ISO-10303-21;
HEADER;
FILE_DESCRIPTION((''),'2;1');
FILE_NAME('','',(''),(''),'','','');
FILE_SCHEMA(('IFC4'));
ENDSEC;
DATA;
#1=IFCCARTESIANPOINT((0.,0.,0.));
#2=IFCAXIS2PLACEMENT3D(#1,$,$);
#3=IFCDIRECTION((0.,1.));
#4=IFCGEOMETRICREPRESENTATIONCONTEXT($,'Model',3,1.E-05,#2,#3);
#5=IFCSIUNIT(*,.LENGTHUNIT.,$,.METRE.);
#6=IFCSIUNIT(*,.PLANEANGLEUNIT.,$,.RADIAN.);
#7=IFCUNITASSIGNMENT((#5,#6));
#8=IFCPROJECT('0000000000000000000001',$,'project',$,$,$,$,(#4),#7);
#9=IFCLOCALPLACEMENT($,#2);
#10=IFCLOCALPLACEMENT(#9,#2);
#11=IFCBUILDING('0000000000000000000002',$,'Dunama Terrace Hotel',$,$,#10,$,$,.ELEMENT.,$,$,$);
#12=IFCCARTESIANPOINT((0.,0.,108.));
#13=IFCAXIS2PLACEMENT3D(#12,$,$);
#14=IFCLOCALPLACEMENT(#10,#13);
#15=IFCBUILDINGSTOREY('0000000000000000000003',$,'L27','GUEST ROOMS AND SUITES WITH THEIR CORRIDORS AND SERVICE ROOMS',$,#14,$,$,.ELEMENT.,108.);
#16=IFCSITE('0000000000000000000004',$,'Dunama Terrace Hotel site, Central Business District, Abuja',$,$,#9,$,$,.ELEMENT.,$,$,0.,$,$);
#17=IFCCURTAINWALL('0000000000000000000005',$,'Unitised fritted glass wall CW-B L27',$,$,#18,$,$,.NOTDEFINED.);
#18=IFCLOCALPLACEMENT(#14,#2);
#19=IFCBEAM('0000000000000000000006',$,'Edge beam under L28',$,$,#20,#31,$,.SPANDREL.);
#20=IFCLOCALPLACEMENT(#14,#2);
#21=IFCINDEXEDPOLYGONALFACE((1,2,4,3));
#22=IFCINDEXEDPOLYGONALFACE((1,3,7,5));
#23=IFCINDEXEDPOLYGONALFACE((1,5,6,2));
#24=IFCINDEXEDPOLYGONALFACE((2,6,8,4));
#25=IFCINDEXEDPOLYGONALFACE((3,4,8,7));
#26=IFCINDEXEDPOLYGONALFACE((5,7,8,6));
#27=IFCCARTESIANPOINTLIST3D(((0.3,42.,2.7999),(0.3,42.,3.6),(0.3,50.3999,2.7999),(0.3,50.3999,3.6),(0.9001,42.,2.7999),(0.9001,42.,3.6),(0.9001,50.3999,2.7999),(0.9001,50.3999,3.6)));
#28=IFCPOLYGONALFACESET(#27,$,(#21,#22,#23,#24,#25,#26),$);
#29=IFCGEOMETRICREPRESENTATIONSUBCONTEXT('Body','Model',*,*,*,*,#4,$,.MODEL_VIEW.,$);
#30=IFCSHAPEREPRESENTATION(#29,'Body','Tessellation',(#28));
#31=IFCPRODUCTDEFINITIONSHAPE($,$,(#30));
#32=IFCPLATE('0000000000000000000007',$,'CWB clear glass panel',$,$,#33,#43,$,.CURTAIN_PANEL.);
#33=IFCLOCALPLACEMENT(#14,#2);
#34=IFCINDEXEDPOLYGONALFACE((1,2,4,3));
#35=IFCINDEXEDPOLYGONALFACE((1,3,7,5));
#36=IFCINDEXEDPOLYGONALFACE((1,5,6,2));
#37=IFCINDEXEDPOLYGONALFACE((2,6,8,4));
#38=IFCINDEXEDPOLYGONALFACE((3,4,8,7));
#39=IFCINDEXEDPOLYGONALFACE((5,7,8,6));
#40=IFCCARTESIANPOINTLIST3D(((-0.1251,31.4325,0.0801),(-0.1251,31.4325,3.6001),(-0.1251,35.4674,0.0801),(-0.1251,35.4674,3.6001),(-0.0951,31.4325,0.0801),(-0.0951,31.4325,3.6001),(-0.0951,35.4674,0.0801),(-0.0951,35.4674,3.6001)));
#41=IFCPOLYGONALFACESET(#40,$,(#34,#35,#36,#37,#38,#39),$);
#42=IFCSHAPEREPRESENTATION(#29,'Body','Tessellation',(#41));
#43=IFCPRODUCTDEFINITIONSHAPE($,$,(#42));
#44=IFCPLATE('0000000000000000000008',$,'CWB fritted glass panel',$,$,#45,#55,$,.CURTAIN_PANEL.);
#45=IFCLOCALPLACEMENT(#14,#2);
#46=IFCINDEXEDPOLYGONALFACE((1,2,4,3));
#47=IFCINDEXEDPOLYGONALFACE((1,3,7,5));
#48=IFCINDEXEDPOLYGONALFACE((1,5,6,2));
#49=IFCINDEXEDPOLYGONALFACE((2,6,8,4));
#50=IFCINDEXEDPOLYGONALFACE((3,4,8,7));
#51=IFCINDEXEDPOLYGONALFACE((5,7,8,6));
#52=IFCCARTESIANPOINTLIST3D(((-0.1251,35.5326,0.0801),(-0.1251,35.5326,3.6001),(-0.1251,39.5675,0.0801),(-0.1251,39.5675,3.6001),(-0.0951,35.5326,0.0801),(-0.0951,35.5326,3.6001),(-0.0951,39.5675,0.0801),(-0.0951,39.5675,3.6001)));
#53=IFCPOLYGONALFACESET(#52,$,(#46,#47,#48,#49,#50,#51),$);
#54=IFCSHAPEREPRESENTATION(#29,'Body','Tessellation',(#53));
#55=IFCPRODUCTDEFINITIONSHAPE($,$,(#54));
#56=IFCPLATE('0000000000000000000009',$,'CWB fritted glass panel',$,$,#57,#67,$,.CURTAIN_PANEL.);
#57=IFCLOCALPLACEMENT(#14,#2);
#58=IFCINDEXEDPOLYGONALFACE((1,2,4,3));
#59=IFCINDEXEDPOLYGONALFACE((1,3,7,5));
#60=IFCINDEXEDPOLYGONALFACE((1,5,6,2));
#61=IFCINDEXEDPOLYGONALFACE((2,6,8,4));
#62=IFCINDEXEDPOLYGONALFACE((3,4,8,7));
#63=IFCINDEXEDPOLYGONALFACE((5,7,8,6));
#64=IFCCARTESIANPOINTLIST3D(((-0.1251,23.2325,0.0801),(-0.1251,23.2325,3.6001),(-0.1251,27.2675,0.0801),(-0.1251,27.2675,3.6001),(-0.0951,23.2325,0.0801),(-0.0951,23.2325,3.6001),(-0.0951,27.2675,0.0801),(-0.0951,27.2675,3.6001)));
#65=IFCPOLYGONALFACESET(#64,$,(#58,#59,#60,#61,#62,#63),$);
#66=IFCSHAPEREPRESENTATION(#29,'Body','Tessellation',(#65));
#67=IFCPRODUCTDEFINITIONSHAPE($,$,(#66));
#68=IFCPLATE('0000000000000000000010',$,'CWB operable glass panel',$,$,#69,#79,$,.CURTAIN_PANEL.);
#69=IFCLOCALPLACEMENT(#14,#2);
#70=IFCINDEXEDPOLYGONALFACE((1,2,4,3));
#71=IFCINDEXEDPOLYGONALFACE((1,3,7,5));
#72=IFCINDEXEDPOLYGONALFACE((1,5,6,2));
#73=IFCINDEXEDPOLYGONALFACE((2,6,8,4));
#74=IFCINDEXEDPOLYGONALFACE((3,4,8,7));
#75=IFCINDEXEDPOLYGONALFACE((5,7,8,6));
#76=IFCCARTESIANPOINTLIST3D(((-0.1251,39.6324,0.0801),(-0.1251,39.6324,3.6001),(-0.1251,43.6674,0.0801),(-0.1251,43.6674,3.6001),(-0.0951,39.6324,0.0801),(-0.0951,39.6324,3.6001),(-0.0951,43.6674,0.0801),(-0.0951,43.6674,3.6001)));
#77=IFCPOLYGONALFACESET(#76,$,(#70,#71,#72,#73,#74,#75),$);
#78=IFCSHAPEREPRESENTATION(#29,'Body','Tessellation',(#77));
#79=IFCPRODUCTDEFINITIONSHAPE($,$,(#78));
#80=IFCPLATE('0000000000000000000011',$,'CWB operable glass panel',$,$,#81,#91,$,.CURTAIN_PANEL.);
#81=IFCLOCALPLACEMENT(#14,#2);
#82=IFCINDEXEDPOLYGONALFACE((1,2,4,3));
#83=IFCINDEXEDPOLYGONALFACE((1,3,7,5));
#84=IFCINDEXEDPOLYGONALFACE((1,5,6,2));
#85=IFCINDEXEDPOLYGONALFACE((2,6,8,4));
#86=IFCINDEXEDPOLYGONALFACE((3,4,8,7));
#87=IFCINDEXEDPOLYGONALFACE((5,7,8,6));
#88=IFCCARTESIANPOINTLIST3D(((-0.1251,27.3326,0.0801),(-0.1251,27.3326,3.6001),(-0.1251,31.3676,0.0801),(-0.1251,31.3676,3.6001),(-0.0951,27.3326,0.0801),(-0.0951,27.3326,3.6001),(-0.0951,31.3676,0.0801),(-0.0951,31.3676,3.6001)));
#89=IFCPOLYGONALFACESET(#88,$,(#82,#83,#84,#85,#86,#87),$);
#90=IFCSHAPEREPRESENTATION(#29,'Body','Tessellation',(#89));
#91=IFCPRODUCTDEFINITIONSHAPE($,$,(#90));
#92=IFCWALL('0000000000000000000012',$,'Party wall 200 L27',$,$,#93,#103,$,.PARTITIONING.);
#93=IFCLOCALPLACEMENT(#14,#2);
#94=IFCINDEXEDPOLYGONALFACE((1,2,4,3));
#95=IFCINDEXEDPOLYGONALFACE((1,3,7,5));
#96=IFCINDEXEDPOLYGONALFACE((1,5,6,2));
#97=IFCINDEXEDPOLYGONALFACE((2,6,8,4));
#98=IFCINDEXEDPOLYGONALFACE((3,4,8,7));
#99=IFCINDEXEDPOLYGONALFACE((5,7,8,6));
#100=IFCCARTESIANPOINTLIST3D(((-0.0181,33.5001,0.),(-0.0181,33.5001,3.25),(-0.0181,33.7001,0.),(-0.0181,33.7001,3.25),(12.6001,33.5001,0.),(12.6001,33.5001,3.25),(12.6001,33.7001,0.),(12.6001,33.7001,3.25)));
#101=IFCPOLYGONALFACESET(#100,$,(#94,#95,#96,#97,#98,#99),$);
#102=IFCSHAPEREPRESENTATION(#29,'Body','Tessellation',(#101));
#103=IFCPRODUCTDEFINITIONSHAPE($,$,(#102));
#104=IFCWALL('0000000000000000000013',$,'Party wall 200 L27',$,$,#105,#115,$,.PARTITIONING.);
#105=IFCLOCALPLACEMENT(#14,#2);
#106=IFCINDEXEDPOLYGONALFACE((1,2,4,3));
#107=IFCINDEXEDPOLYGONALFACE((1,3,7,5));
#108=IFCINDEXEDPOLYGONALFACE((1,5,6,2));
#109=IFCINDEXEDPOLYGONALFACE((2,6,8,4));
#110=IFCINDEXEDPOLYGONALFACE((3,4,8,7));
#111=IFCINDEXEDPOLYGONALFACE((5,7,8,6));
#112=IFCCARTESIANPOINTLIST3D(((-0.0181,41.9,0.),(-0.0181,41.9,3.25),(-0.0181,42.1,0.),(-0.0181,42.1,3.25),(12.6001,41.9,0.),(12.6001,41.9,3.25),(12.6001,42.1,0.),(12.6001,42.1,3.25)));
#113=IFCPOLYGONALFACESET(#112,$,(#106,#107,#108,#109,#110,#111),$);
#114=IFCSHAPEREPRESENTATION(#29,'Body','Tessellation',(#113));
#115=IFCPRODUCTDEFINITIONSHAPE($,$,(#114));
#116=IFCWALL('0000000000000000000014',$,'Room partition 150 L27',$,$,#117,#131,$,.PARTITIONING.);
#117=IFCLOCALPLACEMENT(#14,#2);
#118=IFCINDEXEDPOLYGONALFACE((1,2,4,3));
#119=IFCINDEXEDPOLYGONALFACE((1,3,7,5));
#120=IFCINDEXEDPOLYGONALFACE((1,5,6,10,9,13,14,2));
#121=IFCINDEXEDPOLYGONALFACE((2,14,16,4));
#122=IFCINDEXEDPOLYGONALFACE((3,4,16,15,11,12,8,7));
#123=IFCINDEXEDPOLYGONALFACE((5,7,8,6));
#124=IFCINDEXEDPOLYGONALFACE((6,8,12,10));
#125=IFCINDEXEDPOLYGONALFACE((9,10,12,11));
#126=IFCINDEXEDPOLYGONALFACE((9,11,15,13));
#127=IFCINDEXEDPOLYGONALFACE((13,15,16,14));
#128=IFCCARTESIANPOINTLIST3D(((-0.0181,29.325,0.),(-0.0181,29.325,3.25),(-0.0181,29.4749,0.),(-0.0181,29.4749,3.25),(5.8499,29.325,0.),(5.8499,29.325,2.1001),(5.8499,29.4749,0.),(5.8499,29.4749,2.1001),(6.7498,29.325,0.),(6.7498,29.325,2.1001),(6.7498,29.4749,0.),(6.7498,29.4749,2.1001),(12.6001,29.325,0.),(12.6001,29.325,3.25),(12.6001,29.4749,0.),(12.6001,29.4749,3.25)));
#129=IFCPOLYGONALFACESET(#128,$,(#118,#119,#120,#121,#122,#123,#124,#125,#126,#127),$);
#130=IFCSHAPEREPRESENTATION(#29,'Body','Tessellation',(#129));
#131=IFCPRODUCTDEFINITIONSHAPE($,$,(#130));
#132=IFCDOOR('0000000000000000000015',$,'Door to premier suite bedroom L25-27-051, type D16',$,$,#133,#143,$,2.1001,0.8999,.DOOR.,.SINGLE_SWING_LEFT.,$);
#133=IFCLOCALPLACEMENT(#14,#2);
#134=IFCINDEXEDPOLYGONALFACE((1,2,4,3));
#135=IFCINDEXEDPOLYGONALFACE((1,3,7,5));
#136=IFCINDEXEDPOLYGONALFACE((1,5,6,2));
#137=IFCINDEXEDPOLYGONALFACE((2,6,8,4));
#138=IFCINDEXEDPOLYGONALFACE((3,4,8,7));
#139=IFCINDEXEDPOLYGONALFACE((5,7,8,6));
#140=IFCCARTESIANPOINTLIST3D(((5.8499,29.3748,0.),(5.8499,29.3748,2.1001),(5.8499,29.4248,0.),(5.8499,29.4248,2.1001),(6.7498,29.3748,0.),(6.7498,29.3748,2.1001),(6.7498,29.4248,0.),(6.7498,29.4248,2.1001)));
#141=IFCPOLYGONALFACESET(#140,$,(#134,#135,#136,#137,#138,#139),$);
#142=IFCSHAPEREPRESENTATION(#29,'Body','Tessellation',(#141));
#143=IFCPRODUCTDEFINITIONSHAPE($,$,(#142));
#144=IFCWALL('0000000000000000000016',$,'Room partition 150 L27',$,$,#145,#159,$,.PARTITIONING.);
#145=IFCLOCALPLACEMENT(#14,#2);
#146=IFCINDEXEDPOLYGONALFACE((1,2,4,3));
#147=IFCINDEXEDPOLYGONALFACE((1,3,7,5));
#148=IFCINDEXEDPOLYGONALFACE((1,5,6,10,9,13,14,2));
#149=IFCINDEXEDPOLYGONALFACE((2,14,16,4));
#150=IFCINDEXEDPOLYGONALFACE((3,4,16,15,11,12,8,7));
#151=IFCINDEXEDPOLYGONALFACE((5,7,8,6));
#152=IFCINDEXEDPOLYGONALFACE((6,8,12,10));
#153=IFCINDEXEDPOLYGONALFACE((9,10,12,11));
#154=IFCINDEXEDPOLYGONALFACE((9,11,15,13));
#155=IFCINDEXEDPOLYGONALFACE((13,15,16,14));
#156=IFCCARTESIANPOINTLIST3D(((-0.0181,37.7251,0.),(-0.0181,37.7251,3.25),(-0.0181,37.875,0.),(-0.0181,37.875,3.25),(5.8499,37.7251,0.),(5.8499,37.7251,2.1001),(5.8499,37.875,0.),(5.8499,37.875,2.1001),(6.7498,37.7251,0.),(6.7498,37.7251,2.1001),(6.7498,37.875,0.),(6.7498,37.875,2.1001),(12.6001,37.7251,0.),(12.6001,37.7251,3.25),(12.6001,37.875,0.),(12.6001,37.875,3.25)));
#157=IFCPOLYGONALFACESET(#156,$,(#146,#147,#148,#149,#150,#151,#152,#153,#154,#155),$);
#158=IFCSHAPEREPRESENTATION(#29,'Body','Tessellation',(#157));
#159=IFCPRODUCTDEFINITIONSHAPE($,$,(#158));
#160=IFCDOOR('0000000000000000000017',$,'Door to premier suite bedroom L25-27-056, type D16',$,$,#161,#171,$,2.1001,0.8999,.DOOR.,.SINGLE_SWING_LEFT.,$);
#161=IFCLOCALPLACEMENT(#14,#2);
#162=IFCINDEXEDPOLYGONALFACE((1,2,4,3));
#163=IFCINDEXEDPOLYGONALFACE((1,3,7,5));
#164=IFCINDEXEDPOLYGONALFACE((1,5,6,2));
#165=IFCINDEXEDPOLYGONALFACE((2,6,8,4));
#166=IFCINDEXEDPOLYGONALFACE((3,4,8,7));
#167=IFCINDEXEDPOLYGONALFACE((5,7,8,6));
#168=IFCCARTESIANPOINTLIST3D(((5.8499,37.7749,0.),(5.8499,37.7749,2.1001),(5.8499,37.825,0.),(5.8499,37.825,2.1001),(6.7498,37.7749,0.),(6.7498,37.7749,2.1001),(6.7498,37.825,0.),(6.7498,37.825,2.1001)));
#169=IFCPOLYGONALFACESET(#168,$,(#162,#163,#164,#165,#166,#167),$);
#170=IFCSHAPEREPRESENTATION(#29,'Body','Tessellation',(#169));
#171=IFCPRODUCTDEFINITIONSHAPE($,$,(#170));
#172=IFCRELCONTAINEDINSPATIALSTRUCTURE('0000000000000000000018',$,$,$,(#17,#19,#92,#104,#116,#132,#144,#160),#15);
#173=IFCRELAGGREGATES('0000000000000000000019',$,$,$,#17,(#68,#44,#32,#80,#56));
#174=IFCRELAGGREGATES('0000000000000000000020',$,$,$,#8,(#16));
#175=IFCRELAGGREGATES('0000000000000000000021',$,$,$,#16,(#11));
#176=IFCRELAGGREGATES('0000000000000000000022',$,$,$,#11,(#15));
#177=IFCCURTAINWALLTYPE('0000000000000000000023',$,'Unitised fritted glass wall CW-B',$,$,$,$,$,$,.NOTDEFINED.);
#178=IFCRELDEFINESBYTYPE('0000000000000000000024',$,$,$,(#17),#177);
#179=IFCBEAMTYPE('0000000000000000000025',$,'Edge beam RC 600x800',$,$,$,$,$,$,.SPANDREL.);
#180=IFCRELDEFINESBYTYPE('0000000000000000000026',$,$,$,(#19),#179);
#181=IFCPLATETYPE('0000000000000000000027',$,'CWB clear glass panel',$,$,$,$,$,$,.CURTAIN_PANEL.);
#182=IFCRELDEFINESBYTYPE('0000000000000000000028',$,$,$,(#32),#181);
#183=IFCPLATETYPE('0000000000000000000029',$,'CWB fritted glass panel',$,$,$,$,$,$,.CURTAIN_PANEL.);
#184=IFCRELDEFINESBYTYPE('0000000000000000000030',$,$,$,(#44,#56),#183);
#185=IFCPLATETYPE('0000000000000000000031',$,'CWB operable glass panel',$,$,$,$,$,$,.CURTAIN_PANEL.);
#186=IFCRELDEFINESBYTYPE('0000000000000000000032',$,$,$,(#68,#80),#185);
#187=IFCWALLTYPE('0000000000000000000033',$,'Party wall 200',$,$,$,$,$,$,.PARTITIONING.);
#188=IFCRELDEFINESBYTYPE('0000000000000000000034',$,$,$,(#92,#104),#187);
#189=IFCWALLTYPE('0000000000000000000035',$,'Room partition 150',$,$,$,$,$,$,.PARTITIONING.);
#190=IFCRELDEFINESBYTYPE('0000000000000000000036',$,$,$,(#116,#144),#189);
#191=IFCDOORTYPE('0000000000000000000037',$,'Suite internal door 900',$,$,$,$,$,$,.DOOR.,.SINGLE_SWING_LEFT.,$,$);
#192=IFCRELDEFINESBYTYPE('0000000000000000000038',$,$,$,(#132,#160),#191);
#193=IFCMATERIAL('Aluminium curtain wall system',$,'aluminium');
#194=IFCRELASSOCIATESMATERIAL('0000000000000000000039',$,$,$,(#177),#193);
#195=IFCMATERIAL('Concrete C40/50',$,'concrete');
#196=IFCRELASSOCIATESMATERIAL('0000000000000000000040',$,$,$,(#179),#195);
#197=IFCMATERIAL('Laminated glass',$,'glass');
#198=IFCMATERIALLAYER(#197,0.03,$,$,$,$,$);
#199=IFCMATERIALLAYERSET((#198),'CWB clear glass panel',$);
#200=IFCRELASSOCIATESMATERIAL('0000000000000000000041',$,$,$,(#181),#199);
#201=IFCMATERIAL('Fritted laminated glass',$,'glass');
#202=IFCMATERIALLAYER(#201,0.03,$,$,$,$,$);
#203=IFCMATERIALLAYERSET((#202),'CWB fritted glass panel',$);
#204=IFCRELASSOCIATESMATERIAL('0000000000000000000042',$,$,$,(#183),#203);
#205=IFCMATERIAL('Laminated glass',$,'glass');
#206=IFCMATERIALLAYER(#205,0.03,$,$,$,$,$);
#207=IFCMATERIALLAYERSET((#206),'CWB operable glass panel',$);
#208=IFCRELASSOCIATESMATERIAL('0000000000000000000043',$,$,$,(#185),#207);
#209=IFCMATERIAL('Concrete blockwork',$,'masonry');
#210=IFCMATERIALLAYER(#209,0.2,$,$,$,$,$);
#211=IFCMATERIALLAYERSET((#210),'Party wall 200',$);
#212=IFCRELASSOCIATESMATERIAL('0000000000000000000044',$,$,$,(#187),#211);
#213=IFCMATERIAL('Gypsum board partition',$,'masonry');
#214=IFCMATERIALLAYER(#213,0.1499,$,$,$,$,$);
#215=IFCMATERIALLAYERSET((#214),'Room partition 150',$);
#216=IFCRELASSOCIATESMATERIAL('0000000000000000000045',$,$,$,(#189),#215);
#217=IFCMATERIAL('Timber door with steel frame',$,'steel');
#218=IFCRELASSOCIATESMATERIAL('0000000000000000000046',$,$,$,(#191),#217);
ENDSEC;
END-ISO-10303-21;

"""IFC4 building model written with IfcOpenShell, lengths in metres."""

from ifc_helpers import new_model, si_unit, direction, frame, frame_2d, origin, origin_2d, place, context, subcontext, project, spatial, rectangle, extrude, material, layer, layer_set, material_profile, profile_set, type_object, element, fill, aggregate, save


model = new_model("IFC4")

# Units and contexts
model_context = context("Model", 3, precision=1e-05, world=origin(), true_north=direction((0.0, 1.0)))
body_context = subcontext(model_context, "Body", "Model", "MODEL_VIEW")
ifc_project = project(units=[si_unit("LENGTHUNIT", "METRE"), si_unit("PLANEANGLEUNIT", "RADIAN")], contexts=[model_context])

# Site, building, storey
site_placement = place(None, origin())
site = spatial("IfcSite", under=ifc_project, at=site_placement, Name="Dunama Terrace Hotel site, Central Business District, Abuja", CompositionType="ELEMENT", RefElevation=0.0)
building_placement = place(site_placement, origin())
building = spatial("IfcBuilding", under=site, at=building_placement, Name="Dunama Terrace Hotel", CompositionType="ELEMENT")
storey_placement = place(building_placement, frame((0.0, 0.0, 108.0)))
storey = spatial("IfcBuildingStorey", under=building, at=storey_placement, Name="L27", Description="GUEST ROOMS AND SUITES WITH THEIR CORRIDORS AND SERVICE ROOMS", CompositionType="ELEMENT", Elevation=108.0)

# Curtain wall
ifc_material_1 = material(Name="Aluminium curtain wall system", Category="aluminium")
curtain_wall_type = type_object("IfcCurtainWallType", Name="Unitised fritted glass wall CW-B", PredefinedType="NOTDEFINED", material=ifc_material_1)
curtain_wall_placement = place(storey_placement, origin())
curtain_wall = element("IfcCurtainWall", 1, at=curtain_wall_placement, inside=storey, type_object=curtain_wall_type, Name="Unitised fritted glass wall CW-B L27", PredefinedType="NOTDEFINED")

# Beam
ifc_material_2 = material(Name="Concrete C40/50", Category="concrete")
ifc_material_profile_1 = material_profile(ifc_material_2, rectangle(XDim=0.6001, YDim=0.8, at=origin_2d()), Name="RC 600x800")
ifc_profile_set_1 = profile_set([ifc_material_profile_1], Name="Concrete C40/50")
beam_type = type_object("IfcBeamType", Name="Edge beam RC 600x800", PredefinedType="SPANDREL", material=ifc_profile_set_1)
for number, where, z_axis, x_axis, name in (
    (2, (0.6001, 42.0, 3.2), (0.0, 1.0, 0.0), (-1.0, 0.0, 0.0), "Edge beam under L28"),
):
    element("IfcBeam", number, at=place(storey_placement, frame(where, z_axis=z_axis, x_axis=x_axis)), inside=storey, type_object=beam_type, Name=name, PredefinedType="SPANDREL", context=body_context, shape_type="SweptSolid", body=[
        extrude(rectangle(XDim=0.6001, YDim=0.8, at=origin_2d()), origin(), (0.0, 0.0, 1.0), 8.3999),
    ])

# Plates
ifc_material_3 = material(Name="Laminated glass", Category="glass")
ifc_layer_1 = layer(ifc_material_3, 0.03)
ifc_layer_set_1 = layer_set([ifc_layer_1], Name="CWB clear glass panel")
plate_type_1 = type_object("IfcPlateType", Name="CWB clear glass panel", PredefinedType="CURTAIN_PANEL", material=ifc_layer_set_1)
plate_1_placement = place(storey_placement, frame((-0.1101, 33.45, 0.0801), z_axis=(0.0, 0.0, 1.0), x_axis=(0.0, -1.0, 0.0)))
plate_1 = element("IfcPlate", 3, at=plate_1_placement, type_object=plate_type_1, Name="CWB clear glass panel", PredefinedType="CURTAIN_PANEL", context=body_context, shape_type="SweptSolid", body=[
    extrude(rectangle(XDim=4.0349, YDim=0.03, at=origin_2d()), origin(), (0.0, 0.0, 1.0), 3.52),
])
ifc_material_4 = material(Name="Fritted laminated glass", Category="glass")
ifc_layer_2 = layer(ifc_material_4, 0.03)
ifc_layer_set_2 = layer_set([ifc_layer_2], Name="CWB fritted glass panel")
plate_type_2 = type_object("IfcPlateType", Name="CWB fritted glass panel", PredefinedType="CURTAIN_PANEL", material=ifc_layer_set_2)
plate_2_placement = place(storey_placement, frame((-0.1101, 37.55, 0.0801), z_axis=(0.0, 0.0, 1.0), x_axis=(0.0, -1.0, 0.0)))
plate_2 = element("IfcPlate", 4, at=plate_2_placement, type_object=plate_type_2, Name="CWB fritted glass panel", PredefinedType="CURTAIN_PANEL", context=body_context, shape_type="SweptSolid", body=[
    extrude(rectangle(XDim=4.0349, YDim=0.03, at=origin_2d()), origin(), (0.0, 0.0, 1.0), 3.52),
])
plate_3_placement = place(storey_placement, frame((-0.1101, 25.25, 0.0801), z_axis=(0.0, 0.0, 1.0), x_axis=(0.0, -1.0, 0.0)))
plate_3 = element("IfcPlate", 5, at=plate_3_placement, type_object=plate_type_2, Name="CWB fritted glass panel", PredefinedType="CURTAIN_PANEL", context=body_context, shape_type="SweptSolid", body=[
    extrude(rectangle(XDim=4.0349, YDim=0.03, at=origin_2d()), origin(), (0.0, 0.0, 1.0), 3.52),
])
ifc_material_5 = material(Name="Laminated glass", Category="glass")
ifc_layer_3 = layer(ifc_material_5, 0.03)
ifc_layer_set_3 = layer_set([ifc_layer_3], Name="CWB operable glass panel")
plate_type_3 = type_object("IfcPlateType", Name="CWB operable glass panel", PredefinedType="CURTAIN_PANEL", material=ifc_layer_set_3)
plate_4_placement = place(storey_placement, frame((-0.1101, 41.6499, 0.0801), z_axis=(0.0, 0.0, 1.0), x_axis=(0.0, -1.0, 0.0)))
plate_4 = element("IfcPlate", 6, at=plate_4_placement, type_object=plate_type_3, Name="CWB operable glass panel", PredefinedType="CURTAIN_PANEL", context=body_context, shape_type="SweptSolid", body=[
    extrude(rectangle(XDim=4.0349, YDim=0.03, at=origin_2d()), origin(), (0.0, 0.0, 1.0), 3.52),
])
plate_5_placement = place(storey_placement, frame((-0.1101, 29.3501, 0.0801), z_axis=(0.0, 0.0, 1.0), x_axis=(0.0, -1.0, 0.0)))
plate_5 = element("IfcPlate", 7, at=plate_5_placement, type_object=plate_type_3, Name="CWB operable glass panel", PredefinedType="CURTAIN_PANEL", context=body_context, shape_type="SweptSolid", body=[
    extrude(rectangle(XDim=4.0349, YDim=0.03, at=origin_2d()), origin(), (0.0, 0.0, 1.0), 3.52),
])
aggregate(curtain_wall, [plate_4, plate_2, plate_1, plate_5, plate_3])

# Walls
ifc_material_6 = material(Name="Concrete blockwork", Category="masonry")
ifc_layer_4 = layer(ifc_material_6, 0.2)
ifc_layer_set_4 = layer_set([ifc_layer_4], Name="Party wall 200")
wall_type_1 = type_object("IfcWallType", Name="Party wall 200", PredefinedType="PARTITIONING", material=ifc_layer_set_4)
for number, where, z_axis, x_axis, name in (
    (8, (-0.0181, 33.6001, 0.0), (0.0, 0.0, 1.0), (1.0, 0.0, 0.0), "Party wall 200 L27"),
    (9, (-0.0181, 42.0, 0.0), (0.0, 0.0, 1.0), (1.0, 0.0, 0.0), "Party wall 200 L27"),
):
    element("IfcWall", number, at=place(storey_placement, frame(where, z_axis=z_axis, x_axis=x_axis)), inside=storey, type_object=wall_type_1, Name=name, PredefinedType="PARTITIONING", context=body_context, shape_type="SweptSolid", body=[
        extrude(rectangle(XDim=12.6182, YDim=0.2, at=frame_2d((6.3091, 0.0))), origin(), (0.0, 0.0, 1.0), 3.25),
    ])

# Walls, openings, doors
ifc_material_7 = material(Name="Gypsum board partition", Category="masonry")
ifc_layer_5 = layer(ifc_material_7, 0.1499)
ifc_layer_set_5 = layer_set([ifc_layer_5], Name="Room partition 150")
wall_type_2 = type_object("IfcWallType", Name="Room partition 150", PredefinedType="PARTITIONING", material=ifc_layer_set_5)
wall_1_placement = place(storey_placement, frame((-0.0181, 29.3999, 0.0), z_axis=(0.0, 0.0, 1.0), x_axis=(1.0, 0.0, 0.0)))
wall_1 = element("IfcWall", 10, at=wall_1_placement, inside=storey, type_object=wall_type_2, Name="Room partition 150 L27", PredefinedType="PARTITIONING", context=body_context, shape_type="SweptSolid", body=[
    extrude(rectangle(XDim=12.6182, YDim=0.1499, at=frame_2d((6.3091, 0.0))), origin(), (0.0, 0.0, 1.0), 3.25),
])
opening_1_placement = place(wall_1_placement, frame((5.8679, 0.0, 0.0)))
opening_1 = element("IfcOpeningElement", 11, at=opening_1_placement, cuts=wall_1, PredefinedType="OPENING", context=body_context, shape_type="SweptSolid", body=[
    extrude(rectangle(XDim=0.8999, YDim=2.1001, at=frame_2d((0.45, 1.05))), frame((0.0, 0.085, 0.0), z_axis=(0.0, -1.0, 0.0), x_axis=(1.0, 0.0, 0.0)), (0.0, 0.0, 1.0), 0.1699),
])
ifc_material_8 = material(Name="Timber door with steel frame", Category="steel")
door_type = type_object("IfcDoorType", Name="Suite internal door 900", OperationType="SINGLE_SWING_LEFT", PredefinedType="DOOR", material=ifc_material_8)
door_1_placement = place(opening_1_placement, origin())
door_1 = element("IfcDoor", 12, at=door_1_placement, inside=storey, type_object=door_type, Name="Door to premier suite bedroom L25-27-051, type D16", OperationType="SINGLE_SWING_LEFT", OverallHeight=2.1001, OverallWidth=0.8999, PredefinedType="DOOR", context=body_context, shape_type="SweptSolid", body=[
    extrude(rectangle(XDim=0.8999, YDim=2.1001, at=frame_2d((0.45, 1.05))), frame((0.0, 0.0249, 0.0), z_axis=(0.0, -1.0, 0.0), x_axis=(1.0, 0.0, 0.0)), (0.0, 0.0, 1.0), 0.05),
])
fill(opening_1, door_1)
wall_2_placement = place(storey_placement, frame((-0.0181, 37.8, 0.0), z_axis=(0.0, 0.0, 1.0), x_axis=(1.0, 0.0, 0.0)))
wall_2 = element("IfcWall", 13, at=wall_2_placement, inside=storey, type_object=wall_type_2, Name="Room partition 150 L27", PredefinedType="PARTITIONING", context=body_context, shape_type="SweptSolid", body=[
    extrude(rectangle(XDim=12.6182, YDim=0.1499, at=frame_2d((6.3091, 0.0))), origin(), (0.0, 0.0, 1.0), 3.25),
])
opening_2_placement = place(wall_2_placement, frame((5.8679, 0.0, 0.0)))
opening_2 = element("IfcOpeningElement", 14, at=opening_2_placement, cuts=wall_2, PredefinedType="OPENING", context=body_context, shape_type="SweptSolid", body=[
    extrude(rectangle(XDim=0.8999, YDim=2.1001, at=frame_2d((0.45, 1.05))), frame((0.0, 0.085, 0.0), z_axis=(0.0, -1.0, 0.0), x_axis=(1.0, 0.0, 0.0)), (0.0, 0.0, 1.0), 0.1699),
])
door_2_placement = place(opening_2_placement, origin())
door_2 = element("IfcDoor", 15, at=door_2_placement, inside=storey, type_object=door_type, Name="Door to premier suite bedroom L25-27-056, type D16", OperationType="SINGLE_SWING_LEFT", OverallHeight=2.1001, OverallWidth=0.8999, PredefinedType="DOOR", context=body_context, shape_type="SweptSolid", body=[
    extrude(rectangle(XDim=0.8999, YDim=2.1001, at=frame_2d((0.45, 1.05))), frame((0.0, 0.0249, 0.0), z_axis=(0.0, -1.0, 0.0), x_axis=(1.0, 0.0, 0.0)), (0.0, 0.0, 1.0), 0.05),
])
fill(opening_2, door_2)

save(model, "model.ifc")
